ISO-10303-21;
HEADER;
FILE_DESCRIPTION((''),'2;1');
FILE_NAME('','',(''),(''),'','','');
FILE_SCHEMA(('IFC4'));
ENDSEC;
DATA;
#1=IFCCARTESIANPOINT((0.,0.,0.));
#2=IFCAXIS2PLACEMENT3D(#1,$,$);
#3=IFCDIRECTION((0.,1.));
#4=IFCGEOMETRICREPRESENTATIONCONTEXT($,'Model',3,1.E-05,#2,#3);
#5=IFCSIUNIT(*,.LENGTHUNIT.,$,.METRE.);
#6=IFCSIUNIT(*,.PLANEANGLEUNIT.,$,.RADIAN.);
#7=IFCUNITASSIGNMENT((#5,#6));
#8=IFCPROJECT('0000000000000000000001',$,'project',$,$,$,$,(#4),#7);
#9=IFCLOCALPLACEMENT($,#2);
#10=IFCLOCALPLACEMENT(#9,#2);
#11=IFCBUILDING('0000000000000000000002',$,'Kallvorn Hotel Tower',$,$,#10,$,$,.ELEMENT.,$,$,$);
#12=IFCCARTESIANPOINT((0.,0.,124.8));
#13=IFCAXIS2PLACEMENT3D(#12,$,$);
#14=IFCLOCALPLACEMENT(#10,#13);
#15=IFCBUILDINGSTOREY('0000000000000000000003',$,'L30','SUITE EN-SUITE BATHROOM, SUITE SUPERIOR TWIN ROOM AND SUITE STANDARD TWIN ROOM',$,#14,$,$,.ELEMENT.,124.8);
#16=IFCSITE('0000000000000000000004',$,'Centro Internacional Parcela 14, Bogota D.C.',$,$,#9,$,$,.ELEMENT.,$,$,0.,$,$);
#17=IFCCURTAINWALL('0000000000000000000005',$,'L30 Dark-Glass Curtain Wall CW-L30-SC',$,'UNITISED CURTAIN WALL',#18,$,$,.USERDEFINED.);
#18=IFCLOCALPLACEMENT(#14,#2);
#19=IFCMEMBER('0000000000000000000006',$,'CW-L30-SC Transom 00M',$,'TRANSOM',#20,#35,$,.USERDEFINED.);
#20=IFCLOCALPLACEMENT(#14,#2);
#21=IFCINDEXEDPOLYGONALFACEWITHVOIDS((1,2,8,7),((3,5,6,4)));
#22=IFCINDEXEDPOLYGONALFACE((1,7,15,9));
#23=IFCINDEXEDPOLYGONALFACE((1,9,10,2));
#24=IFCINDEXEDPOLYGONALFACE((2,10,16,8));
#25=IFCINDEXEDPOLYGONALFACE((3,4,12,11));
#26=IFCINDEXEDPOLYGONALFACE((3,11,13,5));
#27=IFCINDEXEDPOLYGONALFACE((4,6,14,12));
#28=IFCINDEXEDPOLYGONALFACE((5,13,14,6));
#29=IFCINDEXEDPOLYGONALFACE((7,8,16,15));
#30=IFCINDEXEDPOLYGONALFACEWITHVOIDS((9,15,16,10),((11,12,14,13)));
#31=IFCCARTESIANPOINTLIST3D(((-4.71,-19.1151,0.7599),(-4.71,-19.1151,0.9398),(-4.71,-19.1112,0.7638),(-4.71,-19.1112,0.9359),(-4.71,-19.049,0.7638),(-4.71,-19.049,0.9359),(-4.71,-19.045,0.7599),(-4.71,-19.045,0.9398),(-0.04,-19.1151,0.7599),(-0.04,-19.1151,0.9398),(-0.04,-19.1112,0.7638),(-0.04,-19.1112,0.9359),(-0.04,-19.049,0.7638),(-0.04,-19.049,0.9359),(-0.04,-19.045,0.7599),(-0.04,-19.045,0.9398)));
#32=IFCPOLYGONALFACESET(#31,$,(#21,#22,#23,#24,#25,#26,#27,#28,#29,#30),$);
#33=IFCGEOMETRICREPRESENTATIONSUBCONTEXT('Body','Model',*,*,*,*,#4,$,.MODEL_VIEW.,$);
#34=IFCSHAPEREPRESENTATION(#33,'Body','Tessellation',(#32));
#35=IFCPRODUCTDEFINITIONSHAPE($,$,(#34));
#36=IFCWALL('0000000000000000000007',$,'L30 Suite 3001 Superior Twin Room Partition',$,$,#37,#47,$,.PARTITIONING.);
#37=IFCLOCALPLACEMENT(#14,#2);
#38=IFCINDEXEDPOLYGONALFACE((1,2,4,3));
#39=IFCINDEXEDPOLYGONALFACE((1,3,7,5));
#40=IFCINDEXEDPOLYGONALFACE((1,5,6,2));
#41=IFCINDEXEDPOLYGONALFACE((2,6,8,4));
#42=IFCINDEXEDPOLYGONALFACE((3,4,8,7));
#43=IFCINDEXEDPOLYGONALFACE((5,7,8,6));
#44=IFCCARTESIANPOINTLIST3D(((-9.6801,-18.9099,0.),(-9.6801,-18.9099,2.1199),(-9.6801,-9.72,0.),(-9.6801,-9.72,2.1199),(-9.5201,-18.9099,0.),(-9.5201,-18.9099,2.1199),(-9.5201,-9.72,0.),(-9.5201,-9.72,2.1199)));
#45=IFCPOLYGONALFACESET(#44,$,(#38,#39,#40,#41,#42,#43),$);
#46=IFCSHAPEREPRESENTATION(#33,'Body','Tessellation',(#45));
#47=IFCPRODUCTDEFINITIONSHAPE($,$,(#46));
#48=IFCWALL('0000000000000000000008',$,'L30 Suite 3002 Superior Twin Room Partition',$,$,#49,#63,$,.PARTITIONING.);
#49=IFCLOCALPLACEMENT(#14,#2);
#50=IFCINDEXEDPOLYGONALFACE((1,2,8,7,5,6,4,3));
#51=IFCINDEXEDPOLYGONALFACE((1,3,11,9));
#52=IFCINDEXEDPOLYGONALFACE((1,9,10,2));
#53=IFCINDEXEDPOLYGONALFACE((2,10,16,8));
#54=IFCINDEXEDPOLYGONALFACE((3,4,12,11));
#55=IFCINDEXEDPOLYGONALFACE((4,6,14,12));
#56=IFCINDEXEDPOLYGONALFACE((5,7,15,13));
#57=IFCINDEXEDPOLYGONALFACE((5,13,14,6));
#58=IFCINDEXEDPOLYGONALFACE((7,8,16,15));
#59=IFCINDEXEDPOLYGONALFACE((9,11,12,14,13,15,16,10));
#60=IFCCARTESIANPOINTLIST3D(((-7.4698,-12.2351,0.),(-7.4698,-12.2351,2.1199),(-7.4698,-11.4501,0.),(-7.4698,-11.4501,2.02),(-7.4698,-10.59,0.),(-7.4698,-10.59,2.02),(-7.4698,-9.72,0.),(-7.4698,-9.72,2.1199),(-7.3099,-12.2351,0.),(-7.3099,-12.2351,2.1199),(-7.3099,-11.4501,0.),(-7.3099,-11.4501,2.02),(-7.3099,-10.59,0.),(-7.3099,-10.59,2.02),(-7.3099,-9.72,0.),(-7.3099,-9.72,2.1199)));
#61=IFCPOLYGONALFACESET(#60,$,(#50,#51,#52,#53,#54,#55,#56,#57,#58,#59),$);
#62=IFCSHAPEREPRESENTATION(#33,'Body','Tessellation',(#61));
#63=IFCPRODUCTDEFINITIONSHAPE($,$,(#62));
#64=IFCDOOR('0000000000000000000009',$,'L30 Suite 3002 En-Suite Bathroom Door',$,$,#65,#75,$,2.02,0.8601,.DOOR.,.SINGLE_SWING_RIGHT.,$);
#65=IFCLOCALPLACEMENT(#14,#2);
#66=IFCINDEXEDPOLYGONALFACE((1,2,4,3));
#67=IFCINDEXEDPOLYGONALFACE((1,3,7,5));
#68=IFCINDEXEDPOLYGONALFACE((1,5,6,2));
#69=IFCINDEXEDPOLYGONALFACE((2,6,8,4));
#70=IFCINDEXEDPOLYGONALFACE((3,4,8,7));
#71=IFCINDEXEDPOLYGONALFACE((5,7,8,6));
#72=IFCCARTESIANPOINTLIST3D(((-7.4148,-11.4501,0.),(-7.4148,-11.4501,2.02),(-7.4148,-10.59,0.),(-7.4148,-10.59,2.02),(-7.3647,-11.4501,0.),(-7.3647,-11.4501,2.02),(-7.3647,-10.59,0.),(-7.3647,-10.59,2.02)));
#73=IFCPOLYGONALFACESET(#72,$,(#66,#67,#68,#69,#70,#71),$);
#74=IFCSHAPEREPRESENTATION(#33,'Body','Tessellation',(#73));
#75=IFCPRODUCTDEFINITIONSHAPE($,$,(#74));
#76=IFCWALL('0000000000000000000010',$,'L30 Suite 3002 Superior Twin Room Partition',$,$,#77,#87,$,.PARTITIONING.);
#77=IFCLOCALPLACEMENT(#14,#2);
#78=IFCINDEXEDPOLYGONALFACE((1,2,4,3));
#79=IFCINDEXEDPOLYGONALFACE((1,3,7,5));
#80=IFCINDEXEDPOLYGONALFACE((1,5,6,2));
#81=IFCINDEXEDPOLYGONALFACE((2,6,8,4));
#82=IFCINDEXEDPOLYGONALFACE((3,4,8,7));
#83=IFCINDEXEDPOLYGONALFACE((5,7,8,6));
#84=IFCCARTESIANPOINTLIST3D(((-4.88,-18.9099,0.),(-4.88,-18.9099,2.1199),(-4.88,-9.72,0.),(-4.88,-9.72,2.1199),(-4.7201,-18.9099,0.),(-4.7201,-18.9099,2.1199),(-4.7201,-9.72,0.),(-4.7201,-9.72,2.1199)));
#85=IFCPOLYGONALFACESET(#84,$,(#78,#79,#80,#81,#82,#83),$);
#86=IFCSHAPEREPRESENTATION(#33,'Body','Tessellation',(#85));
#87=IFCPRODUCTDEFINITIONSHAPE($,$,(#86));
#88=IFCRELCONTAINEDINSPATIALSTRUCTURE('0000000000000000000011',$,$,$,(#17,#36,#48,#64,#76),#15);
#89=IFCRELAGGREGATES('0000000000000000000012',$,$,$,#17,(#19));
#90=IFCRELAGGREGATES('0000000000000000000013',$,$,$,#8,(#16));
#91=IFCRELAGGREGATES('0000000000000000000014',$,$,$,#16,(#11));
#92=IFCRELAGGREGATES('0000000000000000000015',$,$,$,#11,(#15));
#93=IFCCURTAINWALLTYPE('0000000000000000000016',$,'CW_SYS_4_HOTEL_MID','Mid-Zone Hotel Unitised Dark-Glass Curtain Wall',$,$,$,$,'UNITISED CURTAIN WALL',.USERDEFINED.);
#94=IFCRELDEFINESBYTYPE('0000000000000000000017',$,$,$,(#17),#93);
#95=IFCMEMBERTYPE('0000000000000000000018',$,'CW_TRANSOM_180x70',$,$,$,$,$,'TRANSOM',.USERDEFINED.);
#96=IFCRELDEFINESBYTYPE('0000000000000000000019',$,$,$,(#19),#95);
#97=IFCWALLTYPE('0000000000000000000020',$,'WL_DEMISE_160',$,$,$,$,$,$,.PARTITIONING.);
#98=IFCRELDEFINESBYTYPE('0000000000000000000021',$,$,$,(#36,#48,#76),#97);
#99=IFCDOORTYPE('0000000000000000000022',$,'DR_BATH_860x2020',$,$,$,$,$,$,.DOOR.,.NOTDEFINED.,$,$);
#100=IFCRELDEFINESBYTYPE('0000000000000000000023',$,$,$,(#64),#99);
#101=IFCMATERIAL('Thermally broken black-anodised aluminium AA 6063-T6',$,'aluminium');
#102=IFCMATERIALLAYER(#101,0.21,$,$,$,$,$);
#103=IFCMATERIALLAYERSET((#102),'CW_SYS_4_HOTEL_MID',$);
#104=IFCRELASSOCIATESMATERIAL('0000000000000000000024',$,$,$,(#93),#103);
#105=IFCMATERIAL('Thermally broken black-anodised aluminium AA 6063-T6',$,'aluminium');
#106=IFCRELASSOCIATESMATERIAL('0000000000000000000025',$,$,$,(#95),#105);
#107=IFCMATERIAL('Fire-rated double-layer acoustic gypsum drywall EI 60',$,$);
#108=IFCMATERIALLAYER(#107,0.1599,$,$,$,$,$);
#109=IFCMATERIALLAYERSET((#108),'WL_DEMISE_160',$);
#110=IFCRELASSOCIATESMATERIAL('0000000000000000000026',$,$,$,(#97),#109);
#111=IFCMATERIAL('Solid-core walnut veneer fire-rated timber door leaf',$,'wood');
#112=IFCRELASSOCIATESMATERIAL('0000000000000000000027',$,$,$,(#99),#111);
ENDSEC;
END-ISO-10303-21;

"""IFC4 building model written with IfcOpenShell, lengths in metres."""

from ifc_helpers import new_model, si_unit, direction, frame, frame_2d, origin, origin_2d, place, context, subcontext, project, spatial, rectangle, hollow_rectangle, extrude, material, layer, layer_set, material_profile, profile_set, type_object, element, fill, aggregate, save


model = new_model("IFC4")

# Units and contexts
model_context = context("Model", 3, precision=1e-05, world=origin(), true_north=direction((0.0, 1.0)))
body_context = subcontext(model_context, "Body", "Model", "MODEL_VIEW")
ifc_project = project(units=[si_unit("LENGTHUNIT", "METRE"), si_unit("PLANEANGLEUNIT", "RADIAN")], contexts=[model_context])

# Site, building, storey
site_placement = place(None, origin())
site = spatial("IfcSite", under=ifc_project, at=site_placement, Name="Centro Internacional Parcela 14, Bogota D.C.", CompositionType="ELEMENT", RefElevation=0.0)
building_placement = place(site_placement, origin())
building = spatial("IfcBuilding", under=site, at=building_placement, Name="Kallvorn Hotel Tower", CompositionType="ELEMENT")
storey_placement = place(building_placement, frame((0.0, 0.0, 124.8)))
storey = spatial("IfcBuildingStorey", under=building, at=storey_placement, Name="L30", Description="SUITE EN-SUITE BATHROOM, SUITE SUPERIOR TWIN ROOM AND SUITE STANDARD TWIN ROOM", CompositionType="ELEMENT", Elevation=124.8)

# Curtain wall, member
ifc_material_1 = material(Name="Thermally broken black-anodised aluminium AA 6063-T6", Category="aluminium")
ifc_layer_1 = layer(ifc_material_1, 0.21)
ifc_layer_set_1 = layer_set([ifc_layer_1], Name="CW_SYS_4_HOTEL_MID")
curtain_wall_type = type_object("IfcCurtainWallType", Name="CW_SYS_4_HOTEL_MID", Description="Mid-Zone Hotel Unitised Dark-Glass Curtain Wall", ElementType="UNITISED CURTAIN WALL", PredefinedType="USERDEFINED", material=ifc_layer_set_1)
curtain_wall_placement = place(storey_placement, origin())
curtain_wall = element("IfcCurtainWall", 1, at=curtain_wall_placement, inside=storey, type_object=curtain_wall_type, Name="L30 Dark-Glass Curtain Wall CW-L30-SC", ObjectType="UNITISED CURTAIN WALL", PredefinedType="USERDEFINED")
ifc_material_2 = material(Name="Thermally broken black-anodised aluminium AA 6063-T6", Category="aluminium")
ifc_material_profile_1 = material_profile(ifc_material_2, hollow_rectangle(XDim=0.0701, YDim=0.1799, WallThickness=0.0039, at=origin_2d()), Name="TRN 180x70")
ifc_profile_set_1 = profile_set([ifc_material_profile_1], Name="Thermally broken black-anodised aluminium AA 6063-T6")
member_type_1 = type_object("IfcMemberType", Name="CW_TRANSOM_180x70", ElementType="TRANSOM", PredefinedType="USERDEFINED", material=ifc_profile_set_1)
member_1_placement = place(storey_placement, frame((-4.71, -19.0801, 0.8499), z_axis=(1.0, 0.0, 0.0), x_axis=(0.0, 1.0, 0.0)))
member_1 = element("IfcMember", 2, at=member_1_placement, type_object=member_type_1, Name="CW-L30-SC Transom 00M", ObjectType="TRANSOM", PredefinedType="USERDEFINED", context=body_context, shape_type="SweptSolid", body=[
    extrude(hollow_rectangle(XDim=0.0701, YDim=0.1799, WallThickness=0.0039, at=origin_2d()), origin(), (0.0, 0.0, 1.0), 4.6699),
])
aggregate(curtain_wall, [member_1])

# Wall
ifc_material_3 = material(Name="Fire-rated double-layer acoustic gypsum drywall EI 60")
ifc_layer_2 = layer(ifc_material_3, 0.1599)
ifc_layer_set_2 = layer_set([ifc_layer_2], Name="WL_DEMISE_160")
wall_type = type_object("IfcWallType", Name="WL_DEMISE_160", PredefinedType="PARTITIONING", material=ifc_layer_set_2)
wall_1_placement = place(storey_placement, frame((-9.6001, -18.9099, 0.0), z_axis=(0.0, 0.0, 1.0), x_axis=(0.0, 1.0, 0.0)))
element("IfcWall", 3, at=wall_1_placement, inside=storey, type_object=wall_type, Name="L30 Suite 3001 Superior Twin Room Partition", PredefinedType="PARTITIONING", context=body_context, shape_type="SweptSolid", body=[
    extrude(rectangle(XDim=9.1899, YDim=0.1599, at=frame_2d((4.595, 0.0))), origin(), (0.0, 0.0, 1.0), 2.1199),
])

# Wall, opening, door
wall_2_placement = place(storey_placement, frame((-7.3899, -12.2351, 0.0), z_axis=(0.0, 0.0, 1.0), x_axis=(0.0, 1.0, 0.0)))
wall_2 = element("IfcWall", 4, at=wall_2_placement, inside=storey, type_object=wall_type, Name="L30 Suite 3002 Superior Twin Room Partition", PredefinedType="PARTITIONING", context=body_context, shape_type="SweptSolid", body=[
    extrude(rectangle(XDim=2.5151, YDim=0.1599, at=frame_2d((1.2576, 0.0))), origin(), (0.0, 0.0, 1.0), 2.1199),
])
opening_placement = place(wall_2_placement, frame((0.7849, 0.0, 0.0)))
opening = element("IfcOpeningElement", 5, at=opening_placement, cuts=wall_2, PredefinedType="OPENING", context=body_context, shape_type="SweptSolid", body=[
    extrude(rectangle(XDim=0.8601, YDim=2.02, at=frame_2d((0.4302, 1.01))), frame((0.0, 0.095, 0.0), z_axis=(0.0, -1.0, 0.0), x_axis=(1.0, 0.0, 0.0)), (0.0, 0.0, 1.0), 0.1899),
])
ifc_material_4 = material(Name="Solid-core walnut veneer fire-rated timber door leaf", Category="wood")
door_type = type_object("IfcDoorType", Name="DR_BATH_860x2020", OperationType="NOTDEFINED", PredefinedType="DOOR", material=ifc_material_4)
door_placement = place(opening_placement, origin())
door = element("IfcDoor", 6, at=door_placement, inside=storey, type_object=door_type, Name="L30 Suite 3002 En-Suite Bathroom Door", OperationType="SINGLE_SWING_RIGHT", OverallHeight=2.02, OverallWidth=0.8601, PredefinedType="DOOR", context=body_context, shape_type="SweptSolid", body=[
    extrude(rectangle(XDim=0.8601, YDim=2.02, at=frame_2d((0.4302, 1.01))), frame((0.0, 0.0249, 0.0), z_axis=(0.0, -1.0, 0.0), x_axis=(1.0, 0.0, 0.0)), (0.0, 0.0, 1.0), 0.05),
])
fill(opening, door)

# Wall
wall_3_placement = place(storey_placement, frame((-4.8, -18.9099, 0.0), z_axis=(0.0, 0.0, 1.0), x_axis=(0.0, 1.0, 0.0)))
element("IfcWall", 7, at=wall_3_placement, inside=storey, type_object=wall_type, Name="L30 Suite 3002 Superior Twin Room Partition", PredefinedType="PARTITIONING", context=body_context, shape_type="SweptSolid", body=[
    extrude(rectangle(XDim=9.1899, YDim=0.1599, at=frame_2d((4.595, 0.0))), origin(), (0.0, 0.0, 1.0), 2.1199),
])

save(model, "model.ifc")
